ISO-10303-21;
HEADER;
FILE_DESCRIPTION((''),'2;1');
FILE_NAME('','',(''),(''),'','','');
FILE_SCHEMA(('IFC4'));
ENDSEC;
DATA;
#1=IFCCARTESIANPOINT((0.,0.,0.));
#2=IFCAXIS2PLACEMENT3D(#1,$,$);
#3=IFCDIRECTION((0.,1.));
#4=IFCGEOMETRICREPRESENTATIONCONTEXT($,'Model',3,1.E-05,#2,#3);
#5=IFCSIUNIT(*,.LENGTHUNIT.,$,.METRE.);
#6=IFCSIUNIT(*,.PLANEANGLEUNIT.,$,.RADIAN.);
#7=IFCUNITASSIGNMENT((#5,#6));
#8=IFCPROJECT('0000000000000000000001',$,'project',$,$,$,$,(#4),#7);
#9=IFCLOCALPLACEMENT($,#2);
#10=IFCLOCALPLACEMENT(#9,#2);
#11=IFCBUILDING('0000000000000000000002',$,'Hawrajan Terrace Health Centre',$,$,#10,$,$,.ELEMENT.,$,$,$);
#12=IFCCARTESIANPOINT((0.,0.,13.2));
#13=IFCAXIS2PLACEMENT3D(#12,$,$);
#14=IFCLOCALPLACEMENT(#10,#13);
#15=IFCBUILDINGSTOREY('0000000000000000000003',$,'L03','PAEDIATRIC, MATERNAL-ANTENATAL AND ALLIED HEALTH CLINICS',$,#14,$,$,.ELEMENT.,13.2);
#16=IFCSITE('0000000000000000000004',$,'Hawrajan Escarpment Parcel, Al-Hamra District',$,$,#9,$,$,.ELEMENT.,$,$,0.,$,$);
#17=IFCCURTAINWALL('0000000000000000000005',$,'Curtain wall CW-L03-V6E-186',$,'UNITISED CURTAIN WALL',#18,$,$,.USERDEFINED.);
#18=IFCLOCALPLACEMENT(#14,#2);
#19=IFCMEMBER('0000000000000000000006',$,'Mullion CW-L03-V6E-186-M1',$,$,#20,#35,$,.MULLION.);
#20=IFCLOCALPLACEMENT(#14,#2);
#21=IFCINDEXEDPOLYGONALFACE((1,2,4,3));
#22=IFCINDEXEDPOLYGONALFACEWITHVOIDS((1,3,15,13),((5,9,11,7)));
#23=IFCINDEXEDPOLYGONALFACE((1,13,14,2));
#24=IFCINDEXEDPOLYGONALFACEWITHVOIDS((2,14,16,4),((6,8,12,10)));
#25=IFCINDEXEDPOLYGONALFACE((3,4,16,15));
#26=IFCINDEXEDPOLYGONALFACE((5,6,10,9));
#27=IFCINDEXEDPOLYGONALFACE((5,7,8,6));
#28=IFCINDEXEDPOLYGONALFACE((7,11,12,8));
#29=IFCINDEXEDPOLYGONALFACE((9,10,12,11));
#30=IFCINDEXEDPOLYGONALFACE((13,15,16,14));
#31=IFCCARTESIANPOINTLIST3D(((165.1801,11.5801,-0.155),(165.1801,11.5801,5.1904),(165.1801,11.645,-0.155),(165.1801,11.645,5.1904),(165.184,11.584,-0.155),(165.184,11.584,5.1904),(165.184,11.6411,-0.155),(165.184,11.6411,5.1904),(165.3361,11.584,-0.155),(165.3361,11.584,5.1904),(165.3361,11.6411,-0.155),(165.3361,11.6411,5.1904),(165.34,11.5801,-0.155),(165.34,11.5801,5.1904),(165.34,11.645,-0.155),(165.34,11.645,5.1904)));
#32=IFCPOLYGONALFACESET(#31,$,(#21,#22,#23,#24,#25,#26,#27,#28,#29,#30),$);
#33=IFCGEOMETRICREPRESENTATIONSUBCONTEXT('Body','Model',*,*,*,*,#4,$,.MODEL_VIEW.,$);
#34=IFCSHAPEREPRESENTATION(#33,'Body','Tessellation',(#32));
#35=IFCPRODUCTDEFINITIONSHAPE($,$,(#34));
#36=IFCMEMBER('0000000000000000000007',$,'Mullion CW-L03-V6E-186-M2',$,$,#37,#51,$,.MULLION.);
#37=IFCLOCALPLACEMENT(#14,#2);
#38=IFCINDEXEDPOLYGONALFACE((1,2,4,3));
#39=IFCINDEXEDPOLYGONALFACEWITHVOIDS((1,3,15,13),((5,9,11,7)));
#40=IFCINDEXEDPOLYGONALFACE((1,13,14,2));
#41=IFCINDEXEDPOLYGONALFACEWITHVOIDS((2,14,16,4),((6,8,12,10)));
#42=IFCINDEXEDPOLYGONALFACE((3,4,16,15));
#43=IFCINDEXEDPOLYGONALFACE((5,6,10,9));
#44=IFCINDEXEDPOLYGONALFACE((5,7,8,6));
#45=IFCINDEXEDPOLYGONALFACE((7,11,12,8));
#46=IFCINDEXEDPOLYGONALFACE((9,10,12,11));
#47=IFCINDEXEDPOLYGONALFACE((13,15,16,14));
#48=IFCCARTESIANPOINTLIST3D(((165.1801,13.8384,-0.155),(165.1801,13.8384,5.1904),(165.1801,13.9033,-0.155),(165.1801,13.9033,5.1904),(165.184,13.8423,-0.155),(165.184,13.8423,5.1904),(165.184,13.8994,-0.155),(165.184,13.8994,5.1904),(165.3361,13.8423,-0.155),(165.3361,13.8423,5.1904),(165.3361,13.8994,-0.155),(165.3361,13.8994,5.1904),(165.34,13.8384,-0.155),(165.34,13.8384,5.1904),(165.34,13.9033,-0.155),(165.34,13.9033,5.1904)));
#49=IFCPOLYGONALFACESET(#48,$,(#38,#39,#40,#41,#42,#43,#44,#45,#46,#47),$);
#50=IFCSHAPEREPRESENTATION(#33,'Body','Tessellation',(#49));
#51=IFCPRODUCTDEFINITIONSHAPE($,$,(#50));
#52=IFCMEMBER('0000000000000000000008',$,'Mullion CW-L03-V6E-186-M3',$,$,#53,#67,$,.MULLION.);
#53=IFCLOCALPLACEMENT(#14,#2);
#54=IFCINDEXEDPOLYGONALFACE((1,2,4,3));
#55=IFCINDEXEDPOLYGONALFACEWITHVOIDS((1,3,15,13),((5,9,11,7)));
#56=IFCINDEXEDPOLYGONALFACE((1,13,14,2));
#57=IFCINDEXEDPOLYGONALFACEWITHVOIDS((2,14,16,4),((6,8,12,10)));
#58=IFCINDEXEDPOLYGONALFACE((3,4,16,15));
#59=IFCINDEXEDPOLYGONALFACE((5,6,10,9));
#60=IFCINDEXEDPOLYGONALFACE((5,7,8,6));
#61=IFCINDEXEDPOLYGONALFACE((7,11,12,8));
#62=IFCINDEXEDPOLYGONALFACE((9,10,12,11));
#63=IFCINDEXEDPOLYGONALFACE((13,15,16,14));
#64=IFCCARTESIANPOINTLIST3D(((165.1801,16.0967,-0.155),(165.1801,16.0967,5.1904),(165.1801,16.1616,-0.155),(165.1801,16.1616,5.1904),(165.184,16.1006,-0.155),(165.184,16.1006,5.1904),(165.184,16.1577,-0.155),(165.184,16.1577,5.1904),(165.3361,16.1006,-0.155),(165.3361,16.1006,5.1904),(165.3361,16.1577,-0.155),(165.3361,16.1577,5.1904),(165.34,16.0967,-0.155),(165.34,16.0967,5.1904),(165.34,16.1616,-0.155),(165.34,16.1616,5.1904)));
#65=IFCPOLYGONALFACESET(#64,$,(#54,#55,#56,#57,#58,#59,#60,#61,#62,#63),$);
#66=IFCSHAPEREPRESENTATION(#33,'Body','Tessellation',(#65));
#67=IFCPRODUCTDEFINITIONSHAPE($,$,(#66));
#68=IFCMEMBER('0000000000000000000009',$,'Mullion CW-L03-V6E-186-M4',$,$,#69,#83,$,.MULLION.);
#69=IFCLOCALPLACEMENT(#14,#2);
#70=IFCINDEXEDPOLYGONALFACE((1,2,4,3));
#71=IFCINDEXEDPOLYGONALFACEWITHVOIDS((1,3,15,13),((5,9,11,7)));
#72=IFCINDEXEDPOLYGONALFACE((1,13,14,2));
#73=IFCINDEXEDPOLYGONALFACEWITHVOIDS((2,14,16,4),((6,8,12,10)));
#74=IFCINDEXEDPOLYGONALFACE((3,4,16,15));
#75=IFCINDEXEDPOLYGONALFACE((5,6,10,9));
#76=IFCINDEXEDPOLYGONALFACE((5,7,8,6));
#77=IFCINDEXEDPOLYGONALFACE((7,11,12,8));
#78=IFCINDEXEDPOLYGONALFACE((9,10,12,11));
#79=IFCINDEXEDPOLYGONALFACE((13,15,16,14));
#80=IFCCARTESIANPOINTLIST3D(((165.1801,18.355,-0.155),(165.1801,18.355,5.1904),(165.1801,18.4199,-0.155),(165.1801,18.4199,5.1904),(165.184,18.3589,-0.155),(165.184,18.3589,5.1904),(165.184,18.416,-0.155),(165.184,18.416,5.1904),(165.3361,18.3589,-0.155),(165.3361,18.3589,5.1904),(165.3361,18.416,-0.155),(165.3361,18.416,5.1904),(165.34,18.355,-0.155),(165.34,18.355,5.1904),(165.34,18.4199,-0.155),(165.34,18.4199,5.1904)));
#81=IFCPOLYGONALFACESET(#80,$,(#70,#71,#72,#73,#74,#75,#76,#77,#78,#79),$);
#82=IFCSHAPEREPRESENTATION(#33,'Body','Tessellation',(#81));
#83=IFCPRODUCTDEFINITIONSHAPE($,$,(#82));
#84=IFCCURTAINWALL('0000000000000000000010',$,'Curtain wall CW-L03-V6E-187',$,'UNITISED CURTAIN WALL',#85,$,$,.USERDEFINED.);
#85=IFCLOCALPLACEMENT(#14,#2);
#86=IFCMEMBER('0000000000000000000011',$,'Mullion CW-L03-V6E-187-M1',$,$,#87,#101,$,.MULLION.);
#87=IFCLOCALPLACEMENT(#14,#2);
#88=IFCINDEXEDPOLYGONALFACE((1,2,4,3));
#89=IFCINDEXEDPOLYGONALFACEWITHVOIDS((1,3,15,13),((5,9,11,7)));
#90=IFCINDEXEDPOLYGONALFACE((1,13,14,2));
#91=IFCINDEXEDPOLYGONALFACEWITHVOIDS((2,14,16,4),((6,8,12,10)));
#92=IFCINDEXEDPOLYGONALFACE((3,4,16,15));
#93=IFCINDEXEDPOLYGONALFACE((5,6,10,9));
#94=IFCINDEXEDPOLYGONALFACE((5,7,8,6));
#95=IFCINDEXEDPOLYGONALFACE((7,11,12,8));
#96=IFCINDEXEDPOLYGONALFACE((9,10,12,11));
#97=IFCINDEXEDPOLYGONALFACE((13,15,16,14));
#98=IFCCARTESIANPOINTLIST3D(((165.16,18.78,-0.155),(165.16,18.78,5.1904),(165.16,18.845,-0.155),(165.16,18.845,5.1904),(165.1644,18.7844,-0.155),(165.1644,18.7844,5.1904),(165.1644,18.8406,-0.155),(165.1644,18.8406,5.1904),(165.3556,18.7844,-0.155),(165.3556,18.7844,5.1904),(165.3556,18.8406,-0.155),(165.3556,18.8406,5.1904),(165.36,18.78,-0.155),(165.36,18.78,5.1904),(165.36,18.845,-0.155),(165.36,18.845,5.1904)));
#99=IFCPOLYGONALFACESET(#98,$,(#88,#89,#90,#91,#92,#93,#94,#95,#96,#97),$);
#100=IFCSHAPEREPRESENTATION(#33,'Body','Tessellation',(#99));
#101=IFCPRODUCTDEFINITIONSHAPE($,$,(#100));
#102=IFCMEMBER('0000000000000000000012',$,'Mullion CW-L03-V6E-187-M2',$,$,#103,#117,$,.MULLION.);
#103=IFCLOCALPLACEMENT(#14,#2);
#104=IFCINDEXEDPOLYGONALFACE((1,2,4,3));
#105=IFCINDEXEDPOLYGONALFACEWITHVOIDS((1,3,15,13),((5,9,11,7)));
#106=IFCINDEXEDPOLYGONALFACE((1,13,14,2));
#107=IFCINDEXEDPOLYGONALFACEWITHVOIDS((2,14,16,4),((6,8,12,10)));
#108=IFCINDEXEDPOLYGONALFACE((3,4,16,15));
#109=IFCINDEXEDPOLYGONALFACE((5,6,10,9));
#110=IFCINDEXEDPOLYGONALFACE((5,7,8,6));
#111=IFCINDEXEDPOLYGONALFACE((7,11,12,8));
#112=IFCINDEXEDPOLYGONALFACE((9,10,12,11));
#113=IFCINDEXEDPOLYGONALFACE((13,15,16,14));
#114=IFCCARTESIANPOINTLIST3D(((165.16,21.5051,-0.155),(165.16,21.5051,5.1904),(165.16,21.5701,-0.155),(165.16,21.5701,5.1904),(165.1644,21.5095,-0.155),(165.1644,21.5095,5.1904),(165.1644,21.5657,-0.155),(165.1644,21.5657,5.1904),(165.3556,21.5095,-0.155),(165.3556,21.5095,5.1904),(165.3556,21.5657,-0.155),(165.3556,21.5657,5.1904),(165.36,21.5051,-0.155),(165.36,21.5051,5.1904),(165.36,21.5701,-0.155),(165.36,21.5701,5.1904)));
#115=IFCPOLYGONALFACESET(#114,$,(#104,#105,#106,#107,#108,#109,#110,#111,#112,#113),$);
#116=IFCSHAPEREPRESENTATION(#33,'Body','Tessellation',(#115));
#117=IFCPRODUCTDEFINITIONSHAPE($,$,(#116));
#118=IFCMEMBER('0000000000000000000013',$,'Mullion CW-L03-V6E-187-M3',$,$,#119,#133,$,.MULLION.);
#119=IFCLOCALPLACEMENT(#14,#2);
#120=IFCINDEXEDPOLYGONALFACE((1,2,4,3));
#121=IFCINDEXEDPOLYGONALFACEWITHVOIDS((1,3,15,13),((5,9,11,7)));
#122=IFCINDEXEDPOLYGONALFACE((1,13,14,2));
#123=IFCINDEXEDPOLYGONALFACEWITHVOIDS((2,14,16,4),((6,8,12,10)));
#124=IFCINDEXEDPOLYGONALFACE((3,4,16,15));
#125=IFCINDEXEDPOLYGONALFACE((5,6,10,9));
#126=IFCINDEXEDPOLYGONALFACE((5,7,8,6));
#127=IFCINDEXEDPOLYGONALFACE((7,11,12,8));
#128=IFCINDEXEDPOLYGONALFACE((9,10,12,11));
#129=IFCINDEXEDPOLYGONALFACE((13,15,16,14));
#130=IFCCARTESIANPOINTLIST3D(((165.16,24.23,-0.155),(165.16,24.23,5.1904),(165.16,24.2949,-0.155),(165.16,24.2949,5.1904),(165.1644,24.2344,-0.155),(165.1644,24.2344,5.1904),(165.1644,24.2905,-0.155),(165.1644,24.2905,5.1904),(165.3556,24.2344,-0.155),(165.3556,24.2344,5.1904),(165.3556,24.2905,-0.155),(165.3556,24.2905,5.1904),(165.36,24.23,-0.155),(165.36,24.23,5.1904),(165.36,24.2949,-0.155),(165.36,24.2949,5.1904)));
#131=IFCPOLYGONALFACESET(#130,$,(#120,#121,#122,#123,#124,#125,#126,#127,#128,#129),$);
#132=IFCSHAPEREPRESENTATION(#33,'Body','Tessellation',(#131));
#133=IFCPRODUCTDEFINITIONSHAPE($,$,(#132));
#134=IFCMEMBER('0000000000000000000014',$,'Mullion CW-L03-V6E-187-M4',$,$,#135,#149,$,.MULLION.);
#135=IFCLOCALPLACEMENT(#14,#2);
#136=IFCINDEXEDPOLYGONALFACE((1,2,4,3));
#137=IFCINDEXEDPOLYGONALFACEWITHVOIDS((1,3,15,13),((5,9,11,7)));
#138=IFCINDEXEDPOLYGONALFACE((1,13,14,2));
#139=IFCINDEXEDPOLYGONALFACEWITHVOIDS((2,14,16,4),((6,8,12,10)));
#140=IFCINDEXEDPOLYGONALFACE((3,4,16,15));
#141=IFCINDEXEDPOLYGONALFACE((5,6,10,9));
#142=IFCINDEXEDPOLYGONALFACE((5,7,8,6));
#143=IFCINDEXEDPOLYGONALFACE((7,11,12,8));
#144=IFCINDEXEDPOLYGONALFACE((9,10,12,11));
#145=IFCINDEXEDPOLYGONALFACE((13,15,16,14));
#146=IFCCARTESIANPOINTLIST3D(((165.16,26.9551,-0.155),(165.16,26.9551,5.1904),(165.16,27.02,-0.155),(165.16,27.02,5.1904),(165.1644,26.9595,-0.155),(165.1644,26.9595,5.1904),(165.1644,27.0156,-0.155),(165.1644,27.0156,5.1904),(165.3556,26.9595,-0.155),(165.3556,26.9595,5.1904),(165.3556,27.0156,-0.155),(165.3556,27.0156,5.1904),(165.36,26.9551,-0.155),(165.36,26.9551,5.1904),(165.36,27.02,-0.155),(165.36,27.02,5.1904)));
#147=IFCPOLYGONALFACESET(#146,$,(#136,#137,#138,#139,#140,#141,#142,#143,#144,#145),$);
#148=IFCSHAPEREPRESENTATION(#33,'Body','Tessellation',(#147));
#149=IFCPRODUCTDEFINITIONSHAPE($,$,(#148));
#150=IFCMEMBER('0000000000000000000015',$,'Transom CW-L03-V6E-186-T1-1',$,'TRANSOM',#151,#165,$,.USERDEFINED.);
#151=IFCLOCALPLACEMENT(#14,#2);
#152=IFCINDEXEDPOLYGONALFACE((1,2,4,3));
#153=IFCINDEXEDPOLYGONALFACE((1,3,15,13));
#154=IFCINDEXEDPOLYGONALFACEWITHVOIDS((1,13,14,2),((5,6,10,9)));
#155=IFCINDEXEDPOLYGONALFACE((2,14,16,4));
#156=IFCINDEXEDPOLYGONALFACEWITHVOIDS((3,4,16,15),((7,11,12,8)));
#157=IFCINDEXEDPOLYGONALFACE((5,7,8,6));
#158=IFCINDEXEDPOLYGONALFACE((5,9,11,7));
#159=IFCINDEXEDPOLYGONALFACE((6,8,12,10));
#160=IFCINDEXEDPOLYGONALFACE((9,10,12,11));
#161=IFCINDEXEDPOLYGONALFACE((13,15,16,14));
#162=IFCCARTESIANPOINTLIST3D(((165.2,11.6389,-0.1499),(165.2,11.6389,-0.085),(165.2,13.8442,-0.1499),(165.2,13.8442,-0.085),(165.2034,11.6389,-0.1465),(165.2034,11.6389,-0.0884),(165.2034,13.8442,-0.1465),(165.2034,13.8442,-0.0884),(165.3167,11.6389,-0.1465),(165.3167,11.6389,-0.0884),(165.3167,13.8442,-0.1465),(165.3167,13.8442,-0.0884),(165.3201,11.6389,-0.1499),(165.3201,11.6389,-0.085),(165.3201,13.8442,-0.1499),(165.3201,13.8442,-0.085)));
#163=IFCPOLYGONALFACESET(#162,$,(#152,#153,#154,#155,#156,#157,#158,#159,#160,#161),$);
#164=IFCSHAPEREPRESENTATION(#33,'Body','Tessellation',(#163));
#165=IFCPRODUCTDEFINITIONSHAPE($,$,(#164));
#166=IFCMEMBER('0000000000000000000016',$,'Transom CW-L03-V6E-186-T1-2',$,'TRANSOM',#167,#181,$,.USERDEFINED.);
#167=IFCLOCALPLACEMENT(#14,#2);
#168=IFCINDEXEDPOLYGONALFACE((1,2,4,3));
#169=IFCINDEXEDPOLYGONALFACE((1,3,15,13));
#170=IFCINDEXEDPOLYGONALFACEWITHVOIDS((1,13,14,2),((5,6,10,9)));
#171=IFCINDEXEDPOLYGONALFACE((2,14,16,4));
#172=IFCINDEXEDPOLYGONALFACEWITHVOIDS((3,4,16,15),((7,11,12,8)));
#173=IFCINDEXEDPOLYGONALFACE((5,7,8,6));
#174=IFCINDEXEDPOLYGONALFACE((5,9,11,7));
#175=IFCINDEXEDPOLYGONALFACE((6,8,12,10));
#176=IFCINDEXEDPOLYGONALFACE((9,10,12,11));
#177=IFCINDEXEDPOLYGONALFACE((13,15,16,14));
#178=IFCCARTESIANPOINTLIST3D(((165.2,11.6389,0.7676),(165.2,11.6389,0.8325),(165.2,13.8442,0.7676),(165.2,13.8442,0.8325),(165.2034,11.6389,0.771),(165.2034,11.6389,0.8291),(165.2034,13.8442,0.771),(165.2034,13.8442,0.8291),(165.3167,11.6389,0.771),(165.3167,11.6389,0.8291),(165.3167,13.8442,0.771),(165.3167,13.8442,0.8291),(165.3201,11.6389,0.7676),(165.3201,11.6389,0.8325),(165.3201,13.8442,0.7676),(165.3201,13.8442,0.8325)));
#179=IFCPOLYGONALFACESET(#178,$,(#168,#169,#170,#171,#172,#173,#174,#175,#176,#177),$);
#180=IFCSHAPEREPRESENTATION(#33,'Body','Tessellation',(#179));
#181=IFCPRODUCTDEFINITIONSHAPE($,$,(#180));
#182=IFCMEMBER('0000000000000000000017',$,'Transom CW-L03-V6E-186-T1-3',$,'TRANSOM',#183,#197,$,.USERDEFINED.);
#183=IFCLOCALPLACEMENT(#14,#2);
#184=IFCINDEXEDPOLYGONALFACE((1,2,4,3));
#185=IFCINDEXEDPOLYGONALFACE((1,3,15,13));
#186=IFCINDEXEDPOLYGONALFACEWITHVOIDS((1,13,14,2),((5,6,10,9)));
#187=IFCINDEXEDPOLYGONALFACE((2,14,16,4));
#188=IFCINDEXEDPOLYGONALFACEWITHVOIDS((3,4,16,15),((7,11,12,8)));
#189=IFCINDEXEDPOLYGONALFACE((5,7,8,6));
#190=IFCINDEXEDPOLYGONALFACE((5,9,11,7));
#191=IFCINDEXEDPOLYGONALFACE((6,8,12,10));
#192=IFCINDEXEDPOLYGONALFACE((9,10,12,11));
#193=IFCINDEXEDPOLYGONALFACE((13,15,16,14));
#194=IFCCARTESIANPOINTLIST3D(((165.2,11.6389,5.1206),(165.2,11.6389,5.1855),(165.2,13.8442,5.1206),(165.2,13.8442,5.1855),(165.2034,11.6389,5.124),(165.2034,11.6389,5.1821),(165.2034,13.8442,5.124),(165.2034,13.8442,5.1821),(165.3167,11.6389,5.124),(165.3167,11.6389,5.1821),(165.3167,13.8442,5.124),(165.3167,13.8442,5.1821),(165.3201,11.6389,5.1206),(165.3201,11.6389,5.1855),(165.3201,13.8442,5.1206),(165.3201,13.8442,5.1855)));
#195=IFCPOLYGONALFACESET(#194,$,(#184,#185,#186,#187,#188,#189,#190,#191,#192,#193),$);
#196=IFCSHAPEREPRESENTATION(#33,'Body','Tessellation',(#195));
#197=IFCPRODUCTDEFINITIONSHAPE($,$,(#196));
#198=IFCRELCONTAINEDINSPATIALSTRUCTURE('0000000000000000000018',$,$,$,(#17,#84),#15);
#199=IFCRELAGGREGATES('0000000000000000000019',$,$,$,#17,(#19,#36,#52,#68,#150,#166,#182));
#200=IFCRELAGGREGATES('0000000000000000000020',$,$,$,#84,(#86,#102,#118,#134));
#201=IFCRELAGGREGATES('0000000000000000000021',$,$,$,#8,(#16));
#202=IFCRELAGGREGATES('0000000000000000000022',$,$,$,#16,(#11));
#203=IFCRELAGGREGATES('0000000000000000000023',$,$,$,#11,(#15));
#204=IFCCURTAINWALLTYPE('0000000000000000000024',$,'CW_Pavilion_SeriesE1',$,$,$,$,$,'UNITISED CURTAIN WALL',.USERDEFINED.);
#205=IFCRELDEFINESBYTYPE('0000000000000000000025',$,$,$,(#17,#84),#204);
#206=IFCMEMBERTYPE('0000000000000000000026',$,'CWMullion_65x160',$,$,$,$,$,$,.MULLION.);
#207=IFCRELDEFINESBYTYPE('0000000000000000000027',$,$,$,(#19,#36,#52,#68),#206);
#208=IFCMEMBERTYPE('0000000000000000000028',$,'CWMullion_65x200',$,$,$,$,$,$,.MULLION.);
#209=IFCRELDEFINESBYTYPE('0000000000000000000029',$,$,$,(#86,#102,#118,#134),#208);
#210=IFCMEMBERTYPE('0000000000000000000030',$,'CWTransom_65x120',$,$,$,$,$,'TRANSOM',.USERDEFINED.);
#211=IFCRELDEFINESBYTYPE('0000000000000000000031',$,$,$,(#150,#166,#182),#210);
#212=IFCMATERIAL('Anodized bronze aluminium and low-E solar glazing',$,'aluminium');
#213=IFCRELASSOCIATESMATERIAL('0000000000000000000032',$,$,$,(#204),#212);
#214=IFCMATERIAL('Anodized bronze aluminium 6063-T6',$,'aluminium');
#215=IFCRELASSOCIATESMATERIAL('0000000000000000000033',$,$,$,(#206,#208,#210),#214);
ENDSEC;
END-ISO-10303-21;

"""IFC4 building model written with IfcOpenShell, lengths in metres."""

from ifc_helpers import new_model, si_unit, direction, frame, origin, origin_2d, place, context, subcontext, project, spatial, hollow_rectangle, extrude, material, material_profile, profile_set, type_object, element, aggregate, save


model = new_model("IFC4")

# Units and contexts
model_context = context("Model", 3, precision=1e-05, world=origin(), true_north=direction((0.0, 1.0)))
body_context = subcontext(model_context, "Body", "Model", "MODEL_VIEW")
ifc_project = project(units=[si_unit("LENGTHUNIT", "METRE"), si_unit("PLANEANGLEUNIT", "RADIAN")], contexts=[model_context])

# Site, building, storey
site_placement = place(None, origin())
site = spatial("IfcSite", under=ifc_project, at=site_placement, Name="Hawrajan Escarpment Parcel, Al-Hamra District", CompositionType="ELEMENT", RefElevation=0.0)
building_placement = place(site_placement, origin())
building = spatial("IfcBuilding", under=site, at=building_placement, Name="Hawrajan Terrace Health Centre", CompositionType="ELEMENT")
storey_placement = place(building_placement, frame((0.0, 0.0, 13.2)))
storey = spatial("IfcBuildingStorey", under=building, at=storey_placement, Name="L03", Description="PAEDIATRIC, MATERNAL-ANTENATAL AND ALLIED HEALTH CLINICS", CompositionType="ELEMENT", Elevation=13.2)

# Curtain walls, members
ifc_material_1 = material(Name="Anodized bronze aluminium and low-E solar glazing", Category="aluminium")
curtain_wall_type = type_object("IfcCurtainWallType", Name="CW_Pavilion_SeriesE1", ElementType="UNITISED CURTAIN WALL", PredefinedType="USERDEFINED", material=ifc_material_1)
curtain_wall_1_placement = place(storey_placement, origin())
curtain_wall_1 = element("IfcCurtainWall", 1, at=curtain_wall_1_placement, inside=storey, type_object=curtain_wall_type, Name="Curtain wall CW-L03-V6E-186", ObjectType="UNITISED CURTAIN WALL", PredefinedType="USERDEFINED")
ifc_material_2 = material(Name="Anodized bronze aluminium 6063-T6", Category="aluminium")
ifc_material_profile_1 = material_profile(ifc_material_2, hollow_rectangle(XDim=0.0649, YDim=0.1599, WallThickness=0.0039, at=origin_2d()), Name="CW MUL 65x160")
ifc_profile_set_1 = profile_set([ifc_material_profile_1], Name="Anodized bronze aluminium 6063-T6")
member_type_1 = type_object("IfcMemberType", Name="CWMullion_65x160", PredefinedType="MULLION", material=ifc_profile_set_1)
member_1_placement = place(storey_placement, frame((165.26, 11.6125, -0.155), z_axis=(0.0, 0.0, 1.0), x_axis=(0.0, 1.0, 0.0)))
member_1 = element("IfcMember", 2, at=member_1_placement, type_object=member_type_1, Name="Mullion CW-L03-V6E-186-M1", PredefinedType="MULLION", context=body_context, shape_type="SweptSolid", body=[
    extrude(hollow_rectangle(XDim=0.0649, YDim=0.1599, WallThickness=0.0039, at=origin_2d()), origin(), (0.0, 0.0, 1.0), 5.3455),
])
member_2_placement = place(storey_placement, frame((165.26, 13.8708, -0.155), z_axis=(0.0, 0.0, 1.0), x_axis=(0.0, 1.0, 0.0)))
member_2 = element("IfcMember", 3, at=member_2_placement, type_object=member_type_1, Name="Mullion CW-L03-V6E-186-M2", PredefinedType="MULLION", context=body_context, shape_type="SweptSolid", body=[
    extrude(hollow_rectangle(XDim=0.0649, YDim=0.1599, WallThickness=0.0039, at=origin_2d()), origin(), (0.0, 0.0, 1.0), 5.3455),
])
member_3_placement = place(storey_placement, frame((165.26, 16.1292, -0.155), z_axis=(0.0, 0.0, 1.0), x_axis=(0.0, 1.0, 0.0)))
member_3 = element("IfcMember", 4, at=member_3_placement, type_object=member_type_1, Name="Mullion CW-L03-V6E-186-M3", PredefinedType="MULLION", context=body_context, shape_type="SweptSolid", body=[
    extrude(hollow_rectangle(XDim=0.0649, YDim=0.1599, WallThickness=0.0039, at=origin_2d()), origin(), (0.0, 0.0, 1.0), 5.3455),
])
member_4_placement = place(storey_placement, frame((165.26, 18.3875, -0.155), z_axis=(0.0, 0.0, 1.0), x_axis=(0.0, 1.0, 0.0)))
member_4 = element("IfcMember", 5, at=member_4_placement, type_object=member_type_1, Name="Mullion CW-L03-V6E-186-M4", PredefinedType="MULLION", context=body_context, shape_type="SweptSolid", body=[
    extrude(hollow_rectangle(XDim=0.0649, YDim=0.1599, WallThickness=0.0039, at=origin_2d()), origin(), (0.0, 0.0, 1.0), 5.3455),
])
curtain_wall_2_placement = place(storey_placement, origin())
curtain_wall_2 = element("IfcCurtainWall", 6, at=curtain_wall_2_placement, inside=storey, type_object=curtain_wall_type, Name="Curtain wall CW-L03-V6E-187", ObjectType="UNITISED CURTAIN WALL", PredefinedType="USERDEFINED")
ifc_material_profile_2 = material_profile(ifc_material_2, hollow_rectangle(XDim=0.0649, YDim=0.2, WallThickness=0.0044, at=origin_2d()), Name="CW MUL 65x200")
ifc_profile_set_2 = profile_set([ifc_material_profile_2], Name="Anodized bronze aluminium 6063-T6")
member_type_2 = type_object("IfcMemberType", Name="CWMullion_65x200", PredefinedType="MULLION", material=ifc_profile_set_2)
member_5_placement = place(storey_placement, frame((165.26, 18.8125, -0.155), z_axis=(0.0, 0.0, 1.0), x_axis=(0.0, 1.0, 0.0)))
member_5 = element("IfcMember", 7, at=member_5_placement, type_object=member_type_2, Name="Mullion CW-L03-V6E-187-M1", PredefinedType="MULLION", context=body_context, shape_type="SweptSolid", body=[
    extrude(hollow_rectangle(XDim=0.0649, YDim=0.2, WallThickness=0.0044, at=origin_2d()), origin(), (0.0, 0.0, 1.0), 5.3455),
])
member_6_placement = place(storey_placement, frame((165.26, 21.5376, -0.155), z_axis=(0.0, 0.0, 1.0), x_axis=(0.0, 1.0, 0.0)))
member_6 = element("IfcMember", 8, at=member_6_placement, type_object=member_type_2, Name="Mullion CW-L03-V6E-187-M2", PredefinedType="MULLION", context=body_context, shape_type="SweptSolid", body=[
    extrude(hollow_rectangle(XDim=0.0649, YDim=0.2, WallThickness=0.0044, at=origin_2d()), origin(), (0.0, 0.0, 1.0), 5.3455),
])
member_7_placement = place(storey_placement, frame((165.26, 24.2625, -0.155), z_axis=(0.0, 0.0, 1.0), x_axis=(0.0, 1.0, 0.0)))
member_7 = element("IfcMember", 9, at=member_7_placement, type_object=member_type_2, Name="Mullion CW-L03-V6E-187-M3", PredefinedType="MULLION", context=body_context, shape_type="SweptSolid", body=[
    extrude(hollow_rectangle(XDim=0.0649, YDim=0.2, WallThickness=0.0044, at=origin_2d()), origin(), (0.0, 0.0, 1.0), 5.3455),
])
member_8_placement = place(storey_placement, frame((165.26, 26.9875, -0.155), z_axis=(0.0, 0.0, 1.0), x_axis=(0.0, 1.0, 0.0)))
member_8 = element("IfcMember", 10, at=member_8_placement, type_object=member_type_2, Name="Mullion CW-L03-V6E-187-M4", PredefinedType="MULLION", context=body_context, shape_type="SweptSolid", body=[
    extrude(hollow_rectangle(XDim=0.0649, YDim=0.2, WallThickness=0.0044, at=origin_2d()), origin(), (0.0, 0.0, 1.0), 5.3455),
])

# Members
ifc_material_profile_3 = material_profile(ifc_material_2, hollow_rectangle(XDim=0.0649, YDim=0.1201, WallThickness=0.0034, at=origin_2d()), Name="CW TRN 65x120")
ifc_profile_set_3 = profile_set([ifc_material_profile_3], Name="Anodized bronze aluminium 6063-T6")
member_type_3 = type_object("IfcMemberType", Name="CWTransom_65x120", ElementType="TRANSOM", PredefinedType="USERDEFINED", material=ifc_profile_set_3)
member_9_placement = place(storey_placement, frame((165.26, 11.6389, -0.1174), z_axis=(0.0, 1.0, 0.0), x_axis=(0.0, 0.0, 1.0)))
member_9 = element("IfcMember", 11, at=member_9_placement, type_object=member_type_3, Name="Transom CW-L03-V6E-186-T1-1", ObjectType="TRANSOM", PredefinedType="USERDEFINED", context=body_context, shape_type="SweptSolid", body=[
    extrude(hollow_rectangle(XDim=0.0649, YDim=0.1201, WallThickness=0.0034, at=origin_2d()), origin(), (0.0, 0.0, 1.0), 2.2053),
])
member_10_placement = place(storey_placement, frame((165.26, 11.6389, 0.8), z_axis=(0.0, 1.0, 0.0), x_axis=(0.0, 0.0, 1.0)))
member_10 = element("IfcMember", 12, at=member_10_placement, type_object=member_type_3, Name="Transom CW-L03-V6E-186-T1-2", ObjectType="TRANSOM", PredefinedType="USERDEFINED", context=body_context, shape_type="SweptSolid", body=[
    extrude(hollow_rectangle(XDim=0.0649, YDim=0.1201, WallThickness=0.0034, at=origin_2d()), origin(), (0.0, 0.0, 1.0), 2.2053),
])
member_11_placement = place(storey_placement, frame((165.26, 11.6389, 5.1531), z_axis=(0.0, 1.0, 0.0), x_axis=(0.0, 0.0, 1.0)))
member_11 = element("IfcMember", 13, at=member_11_placement, type_object=member_type_3, Name="Transom CW-L03-V6E-186-T1-3", ObjectType="TRANSOM", PredefinedType="USERDEFINED", context=body_context, shape_type="SweptSolid", body=[
    extrude(hollow_rectangle(XDim=0.0649, YDim=0.1201, WallThickness=0.0034, at=origin_2d()), origin(), (0.0, 0.0, 1.0), 2.2053),
])

aggregate(curtain_wall_1, [member_1, member_2, member_3, member_4, member_9, member_10, member_11])
aggregate(curtain_wall_2, [member_5, member_6, member_7, member_8])

save(model, "model.ifc")
